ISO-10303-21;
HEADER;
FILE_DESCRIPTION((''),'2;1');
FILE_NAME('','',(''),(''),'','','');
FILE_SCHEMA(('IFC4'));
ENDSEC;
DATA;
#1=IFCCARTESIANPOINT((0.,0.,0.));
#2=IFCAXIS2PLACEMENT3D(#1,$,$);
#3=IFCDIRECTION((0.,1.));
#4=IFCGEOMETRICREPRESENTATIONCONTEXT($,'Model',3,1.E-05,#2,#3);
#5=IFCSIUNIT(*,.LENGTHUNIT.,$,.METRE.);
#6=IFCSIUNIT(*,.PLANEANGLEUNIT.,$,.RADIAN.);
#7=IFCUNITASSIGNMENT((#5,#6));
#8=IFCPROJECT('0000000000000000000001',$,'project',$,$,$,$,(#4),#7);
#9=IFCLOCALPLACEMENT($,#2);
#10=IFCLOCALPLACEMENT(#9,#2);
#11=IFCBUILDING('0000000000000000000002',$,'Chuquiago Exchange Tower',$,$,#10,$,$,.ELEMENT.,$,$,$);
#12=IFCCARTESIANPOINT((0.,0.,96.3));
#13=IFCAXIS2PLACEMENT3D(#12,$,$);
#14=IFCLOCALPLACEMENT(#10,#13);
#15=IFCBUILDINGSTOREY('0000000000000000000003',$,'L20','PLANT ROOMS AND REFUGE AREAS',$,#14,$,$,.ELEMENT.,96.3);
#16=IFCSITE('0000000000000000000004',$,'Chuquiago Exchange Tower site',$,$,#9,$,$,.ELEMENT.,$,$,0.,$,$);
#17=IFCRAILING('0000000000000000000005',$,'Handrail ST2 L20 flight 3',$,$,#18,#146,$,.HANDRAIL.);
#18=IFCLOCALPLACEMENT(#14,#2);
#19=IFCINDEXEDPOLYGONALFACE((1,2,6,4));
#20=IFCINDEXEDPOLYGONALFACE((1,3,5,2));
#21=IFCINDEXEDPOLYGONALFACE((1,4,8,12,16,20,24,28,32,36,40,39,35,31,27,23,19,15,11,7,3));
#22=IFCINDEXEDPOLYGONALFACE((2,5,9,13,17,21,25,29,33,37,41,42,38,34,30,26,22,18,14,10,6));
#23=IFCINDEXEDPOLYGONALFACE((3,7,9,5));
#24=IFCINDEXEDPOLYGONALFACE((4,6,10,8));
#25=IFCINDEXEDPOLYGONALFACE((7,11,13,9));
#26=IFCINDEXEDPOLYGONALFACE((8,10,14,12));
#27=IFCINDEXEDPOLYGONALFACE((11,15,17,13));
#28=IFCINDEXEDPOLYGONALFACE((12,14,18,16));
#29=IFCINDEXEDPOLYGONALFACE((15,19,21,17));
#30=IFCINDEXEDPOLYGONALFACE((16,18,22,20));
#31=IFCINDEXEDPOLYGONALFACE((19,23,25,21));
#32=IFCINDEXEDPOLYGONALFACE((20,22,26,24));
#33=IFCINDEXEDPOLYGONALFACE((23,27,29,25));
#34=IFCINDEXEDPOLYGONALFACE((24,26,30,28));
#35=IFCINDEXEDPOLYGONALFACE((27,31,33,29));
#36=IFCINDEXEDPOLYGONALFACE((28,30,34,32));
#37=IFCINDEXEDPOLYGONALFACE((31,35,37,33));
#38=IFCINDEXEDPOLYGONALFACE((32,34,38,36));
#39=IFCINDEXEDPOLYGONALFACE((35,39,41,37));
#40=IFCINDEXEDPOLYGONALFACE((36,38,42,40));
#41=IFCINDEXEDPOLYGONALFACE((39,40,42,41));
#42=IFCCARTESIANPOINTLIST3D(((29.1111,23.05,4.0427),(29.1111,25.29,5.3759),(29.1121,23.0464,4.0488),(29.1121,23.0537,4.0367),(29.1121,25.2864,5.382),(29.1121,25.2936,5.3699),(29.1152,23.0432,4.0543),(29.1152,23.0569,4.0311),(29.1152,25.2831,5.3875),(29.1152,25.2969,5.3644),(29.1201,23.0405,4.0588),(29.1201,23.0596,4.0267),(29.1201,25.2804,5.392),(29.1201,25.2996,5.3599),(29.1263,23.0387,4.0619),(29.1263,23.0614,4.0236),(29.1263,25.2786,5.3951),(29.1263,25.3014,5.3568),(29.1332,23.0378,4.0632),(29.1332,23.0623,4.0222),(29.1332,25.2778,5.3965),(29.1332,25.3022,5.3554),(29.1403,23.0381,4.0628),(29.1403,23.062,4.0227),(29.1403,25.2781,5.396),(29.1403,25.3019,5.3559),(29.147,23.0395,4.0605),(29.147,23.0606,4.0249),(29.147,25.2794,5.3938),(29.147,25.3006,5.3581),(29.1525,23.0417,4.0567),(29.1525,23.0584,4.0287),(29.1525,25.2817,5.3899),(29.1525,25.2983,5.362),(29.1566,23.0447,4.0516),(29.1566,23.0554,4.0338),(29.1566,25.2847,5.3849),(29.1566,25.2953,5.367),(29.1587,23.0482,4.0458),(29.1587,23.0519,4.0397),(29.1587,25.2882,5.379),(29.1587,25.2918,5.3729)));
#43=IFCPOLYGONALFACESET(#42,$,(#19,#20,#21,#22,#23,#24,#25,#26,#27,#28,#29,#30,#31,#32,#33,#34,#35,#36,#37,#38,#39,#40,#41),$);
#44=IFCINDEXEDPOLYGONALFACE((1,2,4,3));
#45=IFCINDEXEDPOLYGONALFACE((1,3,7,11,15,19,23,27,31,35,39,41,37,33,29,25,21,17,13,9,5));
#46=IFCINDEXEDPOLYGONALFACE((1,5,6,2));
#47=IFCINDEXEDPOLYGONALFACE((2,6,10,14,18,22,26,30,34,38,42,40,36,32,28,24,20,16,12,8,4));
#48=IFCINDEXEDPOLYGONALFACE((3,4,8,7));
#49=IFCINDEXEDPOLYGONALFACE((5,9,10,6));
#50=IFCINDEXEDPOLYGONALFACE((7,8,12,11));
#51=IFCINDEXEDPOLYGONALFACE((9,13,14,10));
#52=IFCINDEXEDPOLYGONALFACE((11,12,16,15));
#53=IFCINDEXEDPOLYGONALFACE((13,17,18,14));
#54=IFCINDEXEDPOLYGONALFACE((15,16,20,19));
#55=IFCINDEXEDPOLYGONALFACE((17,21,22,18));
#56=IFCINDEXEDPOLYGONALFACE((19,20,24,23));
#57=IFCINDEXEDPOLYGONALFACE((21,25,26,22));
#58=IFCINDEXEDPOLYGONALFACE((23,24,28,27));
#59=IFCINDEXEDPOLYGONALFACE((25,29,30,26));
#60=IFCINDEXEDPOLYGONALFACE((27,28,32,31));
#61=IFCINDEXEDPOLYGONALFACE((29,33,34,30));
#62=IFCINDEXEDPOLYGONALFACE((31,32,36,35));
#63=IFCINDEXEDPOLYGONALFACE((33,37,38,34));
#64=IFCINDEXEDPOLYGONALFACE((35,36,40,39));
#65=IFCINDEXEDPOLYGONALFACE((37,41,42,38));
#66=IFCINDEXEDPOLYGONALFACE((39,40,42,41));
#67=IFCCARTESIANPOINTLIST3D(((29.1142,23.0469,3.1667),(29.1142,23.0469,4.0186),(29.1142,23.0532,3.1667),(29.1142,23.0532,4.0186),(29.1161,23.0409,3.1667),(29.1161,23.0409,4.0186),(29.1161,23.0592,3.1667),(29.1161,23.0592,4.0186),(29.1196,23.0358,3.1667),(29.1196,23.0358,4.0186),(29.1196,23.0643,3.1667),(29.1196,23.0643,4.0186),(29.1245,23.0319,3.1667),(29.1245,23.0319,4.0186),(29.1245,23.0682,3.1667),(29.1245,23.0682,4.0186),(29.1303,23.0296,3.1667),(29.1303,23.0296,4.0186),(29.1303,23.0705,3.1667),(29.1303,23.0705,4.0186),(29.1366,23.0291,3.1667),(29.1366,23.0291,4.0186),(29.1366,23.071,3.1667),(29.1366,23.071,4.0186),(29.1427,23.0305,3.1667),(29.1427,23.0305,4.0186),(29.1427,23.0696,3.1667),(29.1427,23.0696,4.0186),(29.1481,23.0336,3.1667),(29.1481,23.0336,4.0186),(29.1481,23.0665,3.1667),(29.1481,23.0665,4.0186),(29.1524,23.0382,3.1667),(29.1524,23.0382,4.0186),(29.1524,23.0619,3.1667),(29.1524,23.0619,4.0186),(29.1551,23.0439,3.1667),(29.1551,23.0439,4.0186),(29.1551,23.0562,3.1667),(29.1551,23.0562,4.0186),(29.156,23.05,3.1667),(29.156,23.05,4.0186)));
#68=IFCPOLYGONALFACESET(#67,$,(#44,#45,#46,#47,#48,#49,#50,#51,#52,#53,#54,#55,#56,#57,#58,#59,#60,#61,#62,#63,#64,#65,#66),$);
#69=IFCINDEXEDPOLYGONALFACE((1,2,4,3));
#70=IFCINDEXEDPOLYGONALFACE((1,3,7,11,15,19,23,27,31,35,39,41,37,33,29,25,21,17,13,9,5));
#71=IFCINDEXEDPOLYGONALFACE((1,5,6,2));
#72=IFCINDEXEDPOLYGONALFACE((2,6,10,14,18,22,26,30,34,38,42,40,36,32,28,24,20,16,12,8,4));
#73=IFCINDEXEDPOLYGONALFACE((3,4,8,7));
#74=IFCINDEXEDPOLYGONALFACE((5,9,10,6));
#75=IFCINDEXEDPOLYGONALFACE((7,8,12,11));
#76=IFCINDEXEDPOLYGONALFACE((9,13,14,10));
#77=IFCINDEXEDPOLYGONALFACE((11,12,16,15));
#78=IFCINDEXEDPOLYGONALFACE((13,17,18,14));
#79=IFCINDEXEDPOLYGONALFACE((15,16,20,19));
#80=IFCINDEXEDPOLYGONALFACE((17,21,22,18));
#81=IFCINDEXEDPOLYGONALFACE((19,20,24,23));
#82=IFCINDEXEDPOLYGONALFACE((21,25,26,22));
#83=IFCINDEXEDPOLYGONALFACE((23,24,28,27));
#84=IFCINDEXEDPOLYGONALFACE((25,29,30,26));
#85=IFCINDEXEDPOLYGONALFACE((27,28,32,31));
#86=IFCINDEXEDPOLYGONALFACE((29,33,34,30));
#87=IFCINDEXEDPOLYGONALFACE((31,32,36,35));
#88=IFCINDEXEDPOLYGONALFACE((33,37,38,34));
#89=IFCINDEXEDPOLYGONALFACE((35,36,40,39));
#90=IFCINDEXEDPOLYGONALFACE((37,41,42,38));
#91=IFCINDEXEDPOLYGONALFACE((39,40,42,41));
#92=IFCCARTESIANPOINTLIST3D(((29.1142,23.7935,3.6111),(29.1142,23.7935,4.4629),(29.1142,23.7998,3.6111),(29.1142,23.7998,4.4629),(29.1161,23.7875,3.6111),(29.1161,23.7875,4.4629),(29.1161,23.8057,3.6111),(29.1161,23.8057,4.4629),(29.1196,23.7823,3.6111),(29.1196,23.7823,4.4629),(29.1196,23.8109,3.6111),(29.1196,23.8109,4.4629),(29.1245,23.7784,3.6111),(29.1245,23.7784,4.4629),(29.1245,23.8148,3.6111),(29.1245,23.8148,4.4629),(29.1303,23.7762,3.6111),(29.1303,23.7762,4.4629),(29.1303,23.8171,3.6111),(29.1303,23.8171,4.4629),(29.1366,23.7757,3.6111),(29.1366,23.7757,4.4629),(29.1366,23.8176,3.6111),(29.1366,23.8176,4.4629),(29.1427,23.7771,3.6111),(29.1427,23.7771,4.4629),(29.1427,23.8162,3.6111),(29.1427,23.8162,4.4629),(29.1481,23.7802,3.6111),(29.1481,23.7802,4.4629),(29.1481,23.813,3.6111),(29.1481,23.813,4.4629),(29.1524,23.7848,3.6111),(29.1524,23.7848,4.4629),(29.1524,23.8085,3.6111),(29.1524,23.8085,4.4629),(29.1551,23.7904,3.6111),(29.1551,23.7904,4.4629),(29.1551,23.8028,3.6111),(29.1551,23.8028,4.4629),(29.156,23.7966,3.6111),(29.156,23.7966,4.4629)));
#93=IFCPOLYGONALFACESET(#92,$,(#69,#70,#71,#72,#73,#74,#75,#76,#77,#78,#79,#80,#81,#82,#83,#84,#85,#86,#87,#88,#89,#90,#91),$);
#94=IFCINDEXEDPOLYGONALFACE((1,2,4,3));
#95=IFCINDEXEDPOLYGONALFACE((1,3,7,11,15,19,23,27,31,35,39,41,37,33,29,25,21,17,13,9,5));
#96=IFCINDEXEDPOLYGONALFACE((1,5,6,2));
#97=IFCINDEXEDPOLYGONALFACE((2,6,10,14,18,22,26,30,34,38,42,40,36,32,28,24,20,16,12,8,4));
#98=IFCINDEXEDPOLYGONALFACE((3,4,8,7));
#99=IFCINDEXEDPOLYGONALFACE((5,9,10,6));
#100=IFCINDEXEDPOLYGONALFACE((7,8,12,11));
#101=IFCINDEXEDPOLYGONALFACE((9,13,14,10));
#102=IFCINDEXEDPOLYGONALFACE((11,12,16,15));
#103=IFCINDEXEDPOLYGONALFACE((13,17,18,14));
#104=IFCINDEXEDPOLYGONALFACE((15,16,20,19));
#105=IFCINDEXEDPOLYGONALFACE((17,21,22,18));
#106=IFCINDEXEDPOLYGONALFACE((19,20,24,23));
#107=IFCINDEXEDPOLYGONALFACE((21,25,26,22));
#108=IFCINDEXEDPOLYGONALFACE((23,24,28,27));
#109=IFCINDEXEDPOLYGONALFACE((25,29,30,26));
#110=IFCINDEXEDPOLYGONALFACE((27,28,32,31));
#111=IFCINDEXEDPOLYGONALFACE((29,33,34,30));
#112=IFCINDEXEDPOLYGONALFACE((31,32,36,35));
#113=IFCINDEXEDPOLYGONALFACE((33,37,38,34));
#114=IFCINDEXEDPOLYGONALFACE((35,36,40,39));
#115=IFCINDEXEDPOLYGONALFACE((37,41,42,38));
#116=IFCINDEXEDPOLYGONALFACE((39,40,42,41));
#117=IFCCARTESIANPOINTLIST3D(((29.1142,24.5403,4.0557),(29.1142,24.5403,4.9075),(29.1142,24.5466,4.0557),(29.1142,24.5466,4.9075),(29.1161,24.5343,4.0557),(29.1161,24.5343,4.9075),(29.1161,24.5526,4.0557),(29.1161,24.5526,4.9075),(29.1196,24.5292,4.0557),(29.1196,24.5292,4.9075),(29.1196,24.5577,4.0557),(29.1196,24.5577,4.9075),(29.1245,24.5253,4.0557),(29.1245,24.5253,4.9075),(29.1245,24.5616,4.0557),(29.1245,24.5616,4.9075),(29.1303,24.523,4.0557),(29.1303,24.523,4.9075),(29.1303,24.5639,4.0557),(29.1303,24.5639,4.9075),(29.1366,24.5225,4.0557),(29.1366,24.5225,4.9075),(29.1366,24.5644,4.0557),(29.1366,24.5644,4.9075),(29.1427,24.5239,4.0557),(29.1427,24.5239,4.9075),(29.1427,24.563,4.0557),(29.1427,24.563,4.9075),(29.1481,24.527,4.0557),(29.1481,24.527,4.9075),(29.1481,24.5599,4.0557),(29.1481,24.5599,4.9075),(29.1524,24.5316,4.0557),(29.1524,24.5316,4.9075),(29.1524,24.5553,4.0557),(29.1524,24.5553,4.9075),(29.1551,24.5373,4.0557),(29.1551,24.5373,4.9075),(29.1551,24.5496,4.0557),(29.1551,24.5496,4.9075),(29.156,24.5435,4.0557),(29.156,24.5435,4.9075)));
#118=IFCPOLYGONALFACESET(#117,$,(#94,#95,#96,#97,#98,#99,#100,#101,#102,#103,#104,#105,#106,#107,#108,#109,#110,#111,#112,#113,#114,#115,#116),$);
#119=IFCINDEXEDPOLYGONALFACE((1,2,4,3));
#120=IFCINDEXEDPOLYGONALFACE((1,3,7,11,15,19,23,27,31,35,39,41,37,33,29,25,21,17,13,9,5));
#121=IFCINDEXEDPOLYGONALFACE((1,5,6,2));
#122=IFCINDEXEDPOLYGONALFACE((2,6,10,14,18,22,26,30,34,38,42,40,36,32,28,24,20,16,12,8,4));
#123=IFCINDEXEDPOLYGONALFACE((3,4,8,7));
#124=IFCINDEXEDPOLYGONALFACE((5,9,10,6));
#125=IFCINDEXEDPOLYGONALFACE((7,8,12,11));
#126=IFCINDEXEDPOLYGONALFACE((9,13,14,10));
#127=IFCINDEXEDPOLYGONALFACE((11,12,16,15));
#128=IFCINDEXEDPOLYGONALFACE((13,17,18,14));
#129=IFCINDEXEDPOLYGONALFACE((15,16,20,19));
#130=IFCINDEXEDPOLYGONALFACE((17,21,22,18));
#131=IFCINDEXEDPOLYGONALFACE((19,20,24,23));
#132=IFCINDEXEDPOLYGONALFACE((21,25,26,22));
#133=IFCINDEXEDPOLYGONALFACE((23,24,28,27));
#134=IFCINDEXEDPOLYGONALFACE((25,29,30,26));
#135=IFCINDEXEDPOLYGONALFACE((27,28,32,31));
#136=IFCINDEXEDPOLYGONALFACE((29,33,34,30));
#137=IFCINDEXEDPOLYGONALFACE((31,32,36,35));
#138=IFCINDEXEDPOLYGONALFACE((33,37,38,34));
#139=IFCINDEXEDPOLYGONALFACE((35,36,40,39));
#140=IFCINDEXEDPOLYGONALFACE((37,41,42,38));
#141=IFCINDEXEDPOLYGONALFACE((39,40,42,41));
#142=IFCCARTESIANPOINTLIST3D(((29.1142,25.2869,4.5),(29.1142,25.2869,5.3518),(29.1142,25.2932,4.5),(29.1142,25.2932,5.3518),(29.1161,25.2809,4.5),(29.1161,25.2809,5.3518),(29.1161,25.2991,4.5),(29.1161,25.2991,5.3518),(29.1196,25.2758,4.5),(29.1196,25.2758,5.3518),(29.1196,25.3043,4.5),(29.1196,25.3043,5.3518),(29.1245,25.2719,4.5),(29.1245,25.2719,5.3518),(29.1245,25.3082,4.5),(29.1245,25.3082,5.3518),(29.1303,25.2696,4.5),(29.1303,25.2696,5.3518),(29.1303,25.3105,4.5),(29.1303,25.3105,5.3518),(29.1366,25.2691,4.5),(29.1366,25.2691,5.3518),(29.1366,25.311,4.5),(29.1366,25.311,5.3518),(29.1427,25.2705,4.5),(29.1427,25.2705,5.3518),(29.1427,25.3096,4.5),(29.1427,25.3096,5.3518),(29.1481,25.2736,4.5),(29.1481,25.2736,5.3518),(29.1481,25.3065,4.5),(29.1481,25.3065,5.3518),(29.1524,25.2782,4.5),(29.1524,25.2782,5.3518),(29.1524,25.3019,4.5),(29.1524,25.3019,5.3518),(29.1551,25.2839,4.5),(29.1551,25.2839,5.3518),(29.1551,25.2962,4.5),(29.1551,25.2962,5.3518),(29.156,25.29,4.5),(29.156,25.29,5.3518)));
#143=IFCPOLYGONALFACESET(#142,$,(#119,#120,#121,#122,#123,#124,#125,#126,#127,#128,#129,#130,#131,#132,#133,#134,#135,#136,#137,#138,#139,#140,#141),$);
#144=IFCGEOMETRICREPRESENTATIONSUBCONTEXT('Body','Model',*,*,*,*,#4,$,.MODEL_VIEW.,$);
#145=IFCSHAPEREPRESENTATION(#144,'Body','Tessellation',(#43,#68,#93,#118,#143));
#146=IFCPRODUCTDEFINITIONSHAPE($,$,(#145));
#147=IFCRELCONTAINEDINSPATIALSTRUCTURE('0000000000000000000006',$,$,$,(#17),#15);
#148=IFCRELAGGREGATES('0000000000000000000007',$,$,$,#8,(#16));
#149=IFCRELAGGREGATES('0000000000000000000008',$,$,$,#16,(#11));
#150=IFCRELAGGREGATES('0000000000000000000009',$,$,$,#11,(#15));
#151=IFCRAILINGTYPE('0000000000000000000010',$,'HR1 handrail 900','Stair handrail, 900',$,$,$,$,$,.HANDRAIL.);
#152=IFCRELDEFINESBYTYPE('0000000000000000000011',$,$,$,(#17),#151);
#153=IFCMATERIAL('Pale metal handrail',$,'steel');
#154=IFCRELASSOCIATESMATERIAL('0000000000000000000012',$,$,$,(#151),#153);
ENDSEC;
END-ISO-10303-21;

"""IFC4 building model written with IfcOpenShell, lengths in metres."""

from ifc_helpers import new_model, si_unit, direction, frame, origin, origin_2d, place, context, subcontext, project, spatial, circle, extrude, material, type_object, element, save


model = new_model("IFC4")

# Units and contexts
model_context = context("Model", 3, precision=1e-05, world=origin(), true_north=direction((0.0, 1.0)))
body_context = subcontext(model_context, "Body", "Model", "MODEL_VIEW")
ifc_project = project(units=[si_unit("LENGTHUNIT", "METRE"), si_unit("PLANEANGLEUNIT", "RADIAN")], contexts=[model_context])

# Site, building, storey
site_placement = place(None, origin())
site = spatial("IfcSite", under=ifc_project, at=site_placement, Name="Chuquiago Exchange Tower site", CompositionType="ELEMENT", RefElevation=0.0)
building_placement = place(site_placement, origin())
building = spatial("IfcBuilding", under=site, at=building_placement, Name="Chuquiago Exchange Tower", CompositionType="ELEMENT")
storey_placement = place(building_placement, frame((0.0, 0.0, 96.3)))
storey = spatial("IfcBuildingStorey", under=building, at=storey_placement, Name="L20", Description="PLANT ROOMS AND REFUGE AREAS", CompositionType="ELEMENT", Elevation=96.3)

# Railing
ifc_material_1 = material(Name="Pale metal handrail", Category="steel")
railing_type = type_object("IfcRailingType", Name="HR1 handrail 900", Description="Stair handrail, 900", PredefinedType="HANDRAIL", material=ifc_material_1)
for number, where, name in (
    (1, (29.135, 23.05, 3.1667), "Handrail ST2 L20 flight 3"),
):
    element("IfcRailing", number, at=place(storey_placement, frame(where)), inside=storey, type_object=railing_type, Name=name, PredefinedType="HANDRAIL", context=body_context, shape_type="SweptSolid", body=[
        extrude(circle(Radius=0.0239, at=origin_2d()), frame((0.0, 0.0, 0.876), z_axis=(0.0, 0.859306, 0.511462), x_axis=(-1.0, 0.0, 0.0)), (0.0, 0.0, 1.0), 2.6067),
        extrude(circle(Radius=0.021, at=origin_2d()), origin(), (0.0, 0.0, 1.0), 0.8518),
        extrude(circle(Radius=0.021, at=origin_2d()), frame((0.0, 0.7466, 0.4443)), (0.0, 0.0, 1.0), 0.8518),
        extrude(circle(Radius=0.021, at=origin_2d()), frame((0.0, 1.4934, 0.8889)), (0.0, 0.0, 1.0), 0.8518),
        extrude(circle(Radius=0.021, at=origin_2d()), frame((0.0, 2.24, 1.3333)), (0.0, 0.0, 1.0), 0.8518),
    ])

save(model, "model.ifc")
